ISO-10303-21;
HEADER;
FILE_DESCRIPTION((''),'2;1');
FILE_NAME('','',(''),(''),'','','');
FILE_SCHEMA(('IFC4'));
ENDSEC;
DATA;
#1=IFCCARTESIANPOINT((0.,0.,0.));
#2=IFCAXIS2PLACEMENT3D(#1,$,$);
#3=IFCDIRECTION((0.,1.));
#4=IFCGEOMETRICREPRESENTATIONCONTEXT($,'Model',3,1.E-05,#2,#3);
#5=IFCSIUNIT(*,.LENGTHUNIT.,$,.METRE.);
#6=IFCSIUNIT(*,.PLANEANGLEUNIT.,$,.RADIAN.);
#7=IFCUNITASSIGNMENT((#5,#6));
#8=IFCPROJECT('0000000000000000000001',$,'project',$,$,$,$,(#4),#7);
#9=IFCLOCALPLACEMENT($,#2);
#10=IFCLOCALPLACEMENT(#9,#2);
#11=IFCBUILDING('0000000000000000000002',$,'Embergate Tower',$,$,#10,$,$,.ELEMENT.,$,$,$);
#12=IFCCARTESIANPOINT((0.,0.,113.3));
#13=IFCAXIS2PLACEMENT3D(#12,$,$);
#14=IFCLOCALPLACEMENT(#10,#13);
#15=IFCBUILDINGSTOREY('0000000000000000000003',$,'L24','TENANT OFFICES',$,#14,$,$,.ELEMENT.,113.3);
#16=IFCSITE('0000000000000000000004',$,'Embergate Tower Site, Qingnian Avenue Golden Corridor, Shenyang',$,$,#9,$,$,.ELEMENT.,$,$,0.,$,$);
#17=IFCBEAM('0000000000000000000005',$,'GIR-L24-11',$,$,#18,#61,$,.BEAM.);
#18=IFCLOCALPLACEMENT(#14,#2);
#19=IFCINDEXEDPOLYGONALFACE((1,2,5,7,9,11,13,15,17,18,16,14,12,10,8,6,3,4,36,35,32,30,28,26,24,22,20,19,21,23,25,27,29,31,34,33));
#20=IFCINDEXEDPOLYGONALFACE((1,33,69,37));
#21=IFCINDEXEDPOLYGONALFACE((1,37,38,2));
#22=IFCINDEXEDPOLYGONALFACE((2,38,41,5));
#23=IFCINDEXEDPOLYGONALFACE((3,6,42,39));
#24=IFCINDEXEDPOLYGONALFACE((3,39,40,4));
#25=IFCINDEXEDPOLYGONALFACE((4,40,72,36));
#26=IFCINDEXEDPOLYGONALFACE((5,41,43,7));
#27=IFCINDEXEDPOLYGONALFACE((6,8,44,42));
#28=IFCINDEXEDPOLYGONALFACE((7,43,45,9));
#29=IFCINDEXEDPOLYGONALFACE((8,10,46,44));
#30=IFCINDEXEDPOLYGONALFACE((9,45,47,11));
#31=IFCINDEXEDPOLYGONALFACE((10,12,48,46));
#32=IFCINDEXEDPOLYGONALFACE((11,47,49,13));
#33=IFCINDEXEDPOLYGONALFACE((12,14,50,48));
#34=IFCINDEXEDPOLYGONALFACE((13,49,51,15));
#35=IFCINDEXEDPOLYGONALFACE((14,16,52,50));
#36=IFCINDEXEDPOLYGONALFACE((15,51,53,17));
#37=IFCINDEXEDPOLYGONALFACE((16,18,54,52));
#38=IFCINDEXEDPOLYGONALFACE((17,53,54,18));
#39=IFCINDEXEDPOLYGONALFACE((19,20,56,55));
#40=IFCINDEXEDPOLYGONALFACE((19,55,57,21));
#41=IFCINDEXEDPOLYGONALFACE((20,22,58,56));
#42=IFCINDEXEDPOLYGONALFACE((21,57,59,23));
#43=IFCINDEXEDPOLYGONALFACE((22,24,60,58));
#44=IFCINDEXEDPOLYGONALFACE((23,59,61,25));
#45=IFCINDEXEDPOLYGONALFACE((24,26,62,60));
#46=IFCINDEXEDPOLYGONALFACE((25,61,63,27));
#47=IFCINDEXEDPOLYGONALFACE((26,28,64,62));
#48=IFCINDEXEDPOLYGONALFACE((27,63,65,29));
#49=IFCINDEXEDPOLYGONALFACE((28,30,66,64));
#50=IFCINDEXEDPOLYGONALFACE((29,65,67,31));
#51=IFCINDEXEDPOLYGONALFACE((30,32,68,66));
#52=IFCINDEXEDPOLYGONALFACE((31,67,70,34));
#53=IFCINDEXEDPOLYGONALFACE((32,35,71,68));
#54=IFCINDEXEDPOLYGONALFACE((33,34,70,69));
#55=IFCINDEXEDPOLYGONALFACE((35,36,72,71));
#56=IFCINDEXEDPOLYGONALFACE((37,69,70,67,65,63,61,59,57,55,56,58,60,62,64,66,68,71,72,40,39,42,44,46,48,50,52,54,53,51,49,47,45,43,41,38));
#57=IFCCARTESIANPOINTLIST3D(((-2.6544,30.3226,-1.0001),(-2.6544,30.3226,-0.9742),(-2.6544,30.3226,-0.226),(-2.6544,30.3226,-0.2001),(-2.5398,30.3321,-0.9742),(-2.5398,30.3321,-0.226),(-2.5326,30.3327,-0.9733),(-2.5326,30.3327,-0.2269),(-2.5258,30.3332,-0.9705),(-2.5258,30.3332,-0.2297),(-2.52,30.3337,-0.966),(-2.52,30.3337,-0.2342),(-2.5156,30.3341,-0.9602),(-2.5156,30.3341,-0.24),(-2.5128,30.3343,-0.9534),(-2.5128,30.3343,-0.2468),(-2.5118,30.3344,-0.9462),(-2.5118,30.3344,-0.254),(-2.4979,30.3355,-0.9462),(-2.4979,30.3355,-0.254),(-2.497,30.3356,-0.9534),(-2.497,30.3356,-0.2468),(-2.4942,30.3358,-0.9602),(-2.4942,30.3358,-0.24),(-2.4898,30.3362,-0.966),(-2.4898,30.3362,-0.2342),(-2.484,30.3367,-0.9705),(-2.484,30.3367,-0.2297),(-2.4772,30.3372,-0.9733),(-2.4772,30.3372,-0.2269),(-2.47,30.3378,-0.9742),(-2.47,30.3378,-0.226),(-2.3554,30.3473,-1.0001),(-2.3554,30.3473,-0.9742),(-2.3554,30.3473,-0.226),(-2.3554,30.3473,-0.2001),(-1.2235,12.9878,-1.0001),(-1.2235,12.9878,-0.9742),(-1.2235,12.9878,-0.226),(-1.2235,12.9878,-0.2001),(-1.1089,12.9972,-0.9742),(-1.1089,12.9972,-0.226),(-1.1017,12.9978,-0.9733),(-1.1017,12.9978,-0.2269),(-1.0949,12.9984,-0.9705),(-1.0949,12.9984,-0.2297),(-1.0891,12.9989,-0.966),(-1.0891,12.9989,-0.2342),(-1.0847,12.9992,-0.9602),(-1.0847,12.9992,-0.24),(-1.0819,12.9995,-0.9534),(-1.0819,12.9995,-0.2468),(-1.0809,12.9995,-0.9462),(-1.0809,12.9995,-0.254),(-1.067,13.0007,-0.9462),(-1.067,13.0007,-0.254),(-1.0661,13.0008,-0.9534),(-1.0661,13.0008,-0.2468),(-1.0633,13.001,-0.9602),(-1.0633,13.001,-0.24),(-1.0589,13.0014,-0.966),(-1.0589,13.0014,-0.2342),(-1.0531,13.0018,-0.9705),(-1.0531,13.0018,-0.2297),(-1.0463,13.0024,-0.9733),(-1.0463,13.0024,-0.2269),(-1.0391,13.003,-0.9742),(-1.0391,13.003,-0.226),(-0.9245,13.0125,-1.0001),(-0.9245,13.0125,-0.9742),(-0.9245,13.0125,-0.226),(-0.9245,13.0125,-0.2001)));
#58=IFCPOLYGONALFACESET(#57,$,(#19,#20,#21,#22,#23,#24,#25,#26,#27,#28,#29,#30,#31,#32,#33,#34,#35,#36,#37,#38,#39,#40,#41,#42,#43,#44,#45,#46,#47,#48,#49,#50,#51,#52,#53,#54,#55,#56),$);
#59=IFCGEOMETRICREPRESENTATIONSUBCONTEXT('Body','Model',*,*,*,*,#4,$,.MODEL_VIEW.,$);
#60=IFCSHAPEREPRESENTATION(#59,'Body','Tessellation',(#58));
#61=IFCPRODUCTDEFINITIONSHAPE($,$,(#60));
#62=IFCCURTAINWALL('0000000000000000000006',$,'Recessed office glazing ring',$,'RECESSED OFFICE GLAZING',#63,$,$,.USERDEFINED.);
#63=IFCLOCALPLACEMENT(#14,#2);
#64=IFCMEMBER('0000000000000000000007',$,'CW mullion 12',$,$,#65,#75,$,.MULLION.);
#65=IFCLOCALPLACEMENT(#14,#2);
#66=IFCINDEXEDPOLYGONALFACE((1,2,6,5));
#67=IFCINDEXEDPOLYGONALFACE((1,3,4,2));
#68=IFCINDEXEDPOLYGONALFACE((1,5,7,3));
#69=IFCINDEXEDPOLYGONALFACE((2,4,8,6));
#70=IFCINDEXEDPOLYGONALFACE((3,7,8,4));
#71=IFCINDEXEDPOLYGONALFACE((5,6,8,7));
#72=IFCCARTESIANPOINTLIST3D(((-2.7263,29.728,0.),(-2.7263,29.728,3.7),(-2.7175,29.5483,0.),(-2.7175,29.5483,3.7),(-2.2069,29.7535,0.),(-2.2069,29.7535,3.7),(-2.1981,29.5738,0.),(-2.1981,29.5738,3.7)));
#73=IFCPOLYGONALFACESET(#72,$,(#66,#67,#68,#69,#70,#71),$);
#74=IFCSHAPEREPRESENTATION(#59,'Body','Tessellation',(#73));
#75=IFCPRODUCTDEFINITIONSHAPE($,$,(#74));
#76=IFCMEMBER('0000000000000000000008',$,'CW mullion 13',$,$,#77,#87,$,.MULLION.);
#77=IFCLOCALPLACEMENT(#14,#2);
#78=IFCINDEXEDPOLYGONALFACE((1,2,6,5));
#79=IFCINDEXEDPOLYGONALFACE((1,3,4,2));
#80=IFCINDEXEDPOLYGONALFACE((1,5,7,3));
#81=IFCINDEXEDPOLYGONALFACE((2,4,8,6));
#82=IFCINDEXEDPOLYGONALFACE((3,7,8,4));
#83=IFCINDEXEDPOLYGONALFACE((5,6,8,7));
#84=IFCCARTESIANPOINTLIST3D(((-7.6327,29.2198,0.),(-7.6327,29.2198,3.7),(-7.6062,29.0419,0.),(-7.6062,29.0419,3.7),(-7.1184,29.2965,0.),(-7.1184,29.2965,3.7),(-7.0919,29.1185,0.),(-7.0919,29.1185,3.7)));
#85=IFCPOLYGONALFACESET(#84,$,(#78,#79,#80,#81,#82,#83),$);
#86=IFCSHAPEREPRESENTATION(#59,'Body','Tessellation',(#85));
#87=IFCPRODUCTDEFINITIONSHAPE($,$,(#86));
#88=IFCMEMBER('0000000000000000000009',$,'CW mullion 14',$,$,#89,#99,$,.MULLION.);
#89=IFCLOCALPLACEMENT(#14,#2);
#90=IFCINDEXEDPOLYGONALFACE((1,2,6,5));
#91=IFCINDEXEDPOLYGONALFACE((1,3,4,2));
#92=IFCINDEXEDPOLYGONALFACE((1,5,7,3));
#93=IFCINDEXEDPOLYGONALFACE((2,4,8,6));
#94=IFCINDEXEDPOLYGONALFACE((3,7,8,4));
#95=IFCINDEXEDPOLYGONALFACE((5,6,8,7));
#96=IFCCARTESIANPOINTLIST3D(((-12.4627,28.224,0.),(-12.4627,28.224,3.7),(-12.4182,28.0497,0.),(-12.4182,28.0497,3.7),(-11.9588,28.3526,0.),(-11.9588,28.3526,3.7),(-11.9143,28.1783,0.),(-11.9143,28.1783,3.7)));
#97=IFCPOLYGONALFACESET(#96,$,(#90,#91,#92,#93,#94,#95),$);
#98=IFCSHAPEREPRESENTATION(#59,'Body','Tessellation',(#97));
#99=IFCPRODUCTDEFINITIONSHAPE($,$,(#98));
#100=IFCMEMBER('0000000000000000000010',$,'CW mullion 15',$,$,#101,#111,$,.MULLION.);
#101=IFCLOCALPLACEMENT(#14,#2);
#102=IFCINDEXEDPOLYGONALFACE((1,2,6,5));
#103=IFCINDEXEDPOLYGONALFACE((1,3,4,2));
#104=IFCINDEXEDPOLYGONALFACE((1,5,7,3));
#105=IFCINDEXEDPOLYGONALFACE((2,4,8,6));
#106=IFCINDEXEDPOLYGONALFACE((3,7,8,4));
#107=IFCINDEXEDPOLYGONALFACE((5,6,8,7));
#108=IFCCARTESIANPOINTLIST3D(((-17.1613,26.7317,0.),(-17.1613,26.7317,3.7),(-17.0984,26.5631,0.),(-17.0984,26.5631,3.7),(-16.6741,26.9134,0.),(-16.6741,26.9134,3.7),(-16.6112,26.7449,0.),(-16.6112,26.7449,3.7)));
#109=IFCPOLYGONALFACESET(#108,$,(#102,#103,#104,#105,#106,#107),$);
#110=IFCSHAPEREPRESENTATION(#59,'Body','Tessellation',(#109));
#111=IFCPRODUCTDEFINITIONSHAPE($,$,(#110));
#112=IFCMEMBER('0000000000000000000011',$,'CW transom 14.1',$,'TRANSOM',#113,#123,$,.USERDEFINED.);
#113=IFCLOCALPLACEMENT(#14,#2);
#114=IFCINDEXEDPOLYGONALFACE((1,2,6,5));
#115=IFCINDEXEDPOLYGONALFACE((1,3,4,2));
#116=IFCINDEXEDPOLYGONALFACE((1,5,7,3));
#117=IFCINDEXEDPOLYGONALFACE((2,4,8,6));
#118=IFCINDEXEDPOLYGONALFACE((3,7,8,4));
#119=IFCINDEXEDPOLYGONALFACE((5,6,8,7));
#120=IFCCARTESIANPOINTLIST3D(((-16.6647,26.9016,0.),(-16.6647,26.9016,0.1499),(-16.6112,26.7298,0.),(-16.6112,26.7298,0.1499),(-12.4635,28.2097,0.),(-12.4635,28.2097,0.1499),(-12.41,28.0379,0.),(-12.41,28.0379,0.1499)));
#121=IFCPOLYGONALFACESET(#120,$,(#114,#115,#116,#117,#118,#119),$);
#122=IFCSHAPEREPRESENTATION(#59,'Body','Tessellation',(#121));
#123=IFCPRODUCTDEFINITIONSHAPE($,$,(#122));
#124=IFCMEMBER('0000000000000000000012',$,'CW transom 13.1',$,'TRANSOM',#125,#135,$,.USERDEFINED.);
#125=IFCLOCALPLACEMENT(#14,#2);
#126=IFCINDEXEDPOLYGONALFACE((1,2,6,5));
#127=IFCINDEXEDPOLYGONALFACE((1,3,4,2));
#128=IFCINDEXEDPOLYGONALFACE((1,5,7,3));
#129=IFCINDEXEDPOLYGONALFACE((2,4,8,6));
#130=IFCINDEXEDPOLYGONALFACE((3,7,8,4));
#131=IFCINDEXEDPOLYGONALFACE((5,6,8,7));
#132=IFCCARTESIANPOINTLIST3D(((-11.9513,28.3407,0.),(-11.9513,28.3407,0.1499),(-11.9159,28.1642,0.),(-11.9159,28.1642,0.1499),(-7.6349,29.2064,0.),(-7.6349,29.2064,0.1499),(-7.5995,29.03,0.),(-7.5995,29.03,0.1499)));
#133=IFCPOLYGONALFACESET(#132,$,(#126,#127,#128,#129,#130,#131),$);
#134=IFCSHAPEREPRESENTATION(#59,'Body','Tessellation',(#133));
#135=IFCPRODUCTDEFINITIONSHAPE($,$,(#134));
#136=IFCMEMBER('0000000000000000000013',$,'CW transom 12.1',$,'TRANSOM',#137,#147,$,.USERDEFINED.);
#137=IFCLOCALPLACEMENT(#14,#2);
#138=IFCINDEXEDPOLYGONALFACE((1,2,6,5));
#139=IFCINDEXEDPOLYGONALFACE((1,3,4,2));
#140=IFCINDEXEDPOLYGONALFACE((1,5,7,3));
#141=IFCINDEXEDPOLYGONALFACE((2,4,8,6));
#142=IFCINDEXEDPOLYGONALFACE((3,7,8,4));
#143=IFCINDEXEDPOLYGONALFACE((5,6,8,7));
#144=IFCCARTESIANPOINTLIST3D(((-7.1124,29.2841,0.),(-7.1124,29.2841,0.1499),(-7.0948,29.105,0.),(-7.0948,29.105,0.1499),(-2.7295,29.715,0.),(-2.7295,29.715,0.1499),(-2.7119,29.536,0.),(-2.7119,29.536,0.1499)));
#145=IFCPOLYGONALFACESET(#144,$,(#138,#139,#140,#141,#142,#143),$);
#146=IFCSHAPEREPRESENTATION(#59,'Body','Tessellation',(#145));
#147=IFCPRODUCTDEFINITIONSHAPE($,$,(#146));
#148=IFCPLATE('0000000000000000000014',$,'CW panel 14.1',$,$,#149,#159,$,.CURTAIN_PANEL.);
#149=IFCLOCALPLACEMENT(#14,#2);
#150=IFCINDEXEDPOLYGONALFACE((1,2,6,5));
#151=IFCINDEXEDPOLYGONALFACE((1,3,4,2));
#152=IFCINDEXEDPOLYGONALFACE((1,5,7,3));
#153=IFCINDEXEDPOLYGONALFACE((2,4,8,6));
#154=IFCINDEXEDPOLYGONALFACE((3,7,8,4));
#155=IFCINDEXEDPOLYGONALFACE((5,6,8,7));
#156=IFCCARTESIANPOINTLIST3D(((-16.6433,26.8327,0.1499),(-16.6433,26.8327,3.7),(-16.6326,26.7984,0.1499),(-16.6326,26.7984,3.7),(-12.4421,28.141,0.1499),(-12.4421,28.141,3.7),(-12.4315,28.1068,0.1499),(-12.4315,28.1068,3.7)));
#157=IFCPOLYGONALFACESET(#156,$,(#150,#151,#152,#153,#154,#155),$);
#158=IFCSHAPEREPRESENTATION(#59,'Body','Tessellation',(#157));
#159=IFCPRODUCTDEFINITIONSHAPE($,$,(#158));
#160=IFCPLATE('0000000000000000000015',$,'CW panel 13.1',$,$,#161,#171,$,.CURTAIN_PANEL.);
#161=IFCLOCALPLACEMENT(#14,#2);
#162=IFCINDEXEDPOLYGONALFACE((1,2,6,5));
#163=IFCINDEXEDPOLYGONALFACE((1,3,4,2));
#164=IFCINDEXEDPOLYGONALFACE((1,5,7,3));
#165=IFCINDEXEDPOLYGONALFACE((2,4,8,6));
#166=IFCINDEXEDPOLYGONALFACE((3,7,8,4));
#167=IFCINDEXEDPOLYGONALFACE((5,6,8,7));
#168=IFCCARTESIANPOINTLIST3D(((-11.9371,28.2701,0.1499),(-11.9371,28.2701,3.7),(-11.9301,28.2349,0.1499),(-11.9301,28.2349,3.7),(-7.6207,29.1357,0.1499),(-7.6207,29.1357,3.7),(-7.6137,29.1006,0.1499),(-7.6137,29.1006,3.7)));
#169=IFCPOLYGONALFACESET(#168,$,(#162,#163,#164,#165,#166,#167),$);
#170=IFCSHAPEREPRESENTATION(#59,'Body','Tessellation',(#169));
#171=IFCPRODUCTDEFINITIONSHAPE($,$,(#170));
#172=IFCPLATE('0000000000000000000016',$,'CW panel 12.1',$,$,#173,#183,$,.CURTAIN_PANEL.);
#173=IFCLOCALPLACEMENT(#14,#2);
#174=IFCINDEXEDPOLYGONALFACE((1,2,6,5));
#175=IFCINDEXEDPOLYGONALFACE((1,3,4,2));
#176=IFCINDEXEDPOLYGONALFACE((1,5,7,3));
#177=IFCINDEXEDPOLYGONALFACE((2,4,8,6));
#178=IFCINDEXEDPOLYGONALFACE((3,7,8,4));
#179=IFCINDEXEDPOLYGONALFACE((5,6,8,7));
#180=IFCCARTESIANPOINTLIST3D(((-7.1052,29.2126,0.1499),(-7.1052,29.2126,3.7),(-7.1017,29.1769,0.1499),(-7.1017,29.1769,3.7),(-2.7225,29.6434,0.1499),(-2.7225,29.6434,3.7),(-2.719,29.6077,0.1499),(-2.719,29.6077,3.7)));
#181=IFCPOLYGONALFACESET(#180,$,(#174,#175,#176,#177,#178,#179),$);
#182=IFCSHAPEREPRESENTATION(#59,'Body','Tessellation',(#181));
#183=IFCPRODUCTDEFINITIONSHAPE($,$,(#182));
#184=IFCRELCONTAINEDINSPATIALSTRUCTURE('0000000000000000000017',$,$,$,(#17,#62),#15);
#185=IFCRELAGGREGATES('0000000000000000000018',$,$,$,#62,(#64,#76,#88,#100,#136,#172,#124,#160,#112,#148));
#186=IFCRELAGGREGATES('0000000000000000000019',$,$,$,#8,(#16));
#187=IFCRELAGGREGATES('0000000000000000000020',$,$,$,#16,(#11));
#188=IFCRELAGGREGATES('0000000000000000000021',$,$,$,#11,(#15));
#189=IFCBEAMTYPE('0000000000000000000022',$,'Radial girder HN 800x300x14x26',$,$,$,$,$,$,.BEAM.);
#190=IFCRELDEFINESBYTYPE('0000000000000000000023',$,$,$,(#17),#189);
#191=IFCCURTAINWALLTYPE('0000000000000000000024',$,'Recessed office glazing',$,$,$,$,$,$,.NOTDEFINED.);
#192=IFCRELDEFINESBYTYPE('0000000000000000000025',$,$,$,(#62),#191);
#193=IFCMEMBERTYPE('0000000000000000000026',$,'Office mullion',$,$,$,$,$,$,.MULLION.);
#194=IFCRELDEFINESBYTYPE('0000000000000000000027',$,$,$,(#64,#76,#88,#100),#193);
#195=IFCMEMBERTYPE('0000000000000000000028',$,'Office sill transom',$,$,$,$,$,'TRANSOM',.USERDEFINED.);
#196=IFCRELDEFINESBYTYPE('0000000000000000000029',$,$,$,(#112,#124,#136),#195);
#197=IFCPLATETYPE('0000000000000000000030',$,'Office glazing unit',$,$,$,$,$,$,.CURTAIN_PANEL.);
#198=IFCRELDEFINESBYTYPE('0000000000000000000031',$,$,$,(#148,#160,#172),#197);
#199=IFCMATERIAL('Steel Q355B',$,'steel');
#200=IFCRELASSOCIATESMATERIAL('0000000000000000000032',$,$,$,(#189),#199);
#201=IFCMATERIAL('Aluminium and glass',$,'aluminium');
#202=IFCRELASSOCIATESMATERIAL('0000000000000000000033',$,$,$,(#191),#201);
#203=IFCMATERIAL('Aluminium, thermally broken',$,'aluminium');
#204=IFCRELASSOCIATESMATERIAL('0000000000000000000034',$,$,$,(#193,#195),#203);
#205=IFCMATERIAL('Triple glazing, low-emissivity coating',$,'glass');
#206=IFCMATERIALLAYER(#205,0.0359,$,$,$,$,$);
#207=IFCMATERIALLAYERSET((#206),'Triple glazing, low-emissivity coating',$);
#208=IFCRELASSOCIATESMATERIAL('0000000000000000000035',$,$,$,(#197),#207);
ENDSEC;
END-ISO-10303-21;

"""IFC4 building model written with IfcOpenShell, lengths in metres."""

from ifc_helpers import new_model, si_unit, direction, frame, origin, origin_2d, place, context, subcontext, project, spatial, rectangle, i_section, extrude, source, transform, mapped, material, layer, layer_set, material_profile, profile_set, type_object, element, aggregate, save


model = new_model("IFC4")

# Units and contexts
model_context = context("Model", 3, precision=1e-05, world=origin(), true_north=direction((0.0, 1.0)))
body_context = subcontext(model_context, "Body", "Model", "MODEL_VIEW")
ifc_project = project(units=[si_unit("LENGTHUNIT", "METRE"), si_unit("PLANEANGLEUNIT", "RADIAN")], contexts=[model_context])

# Site, building, storey
site_placement = place(None, origin())
site = spatial("IfcSite", under=ifc_project, at=site_placement, Name="Embergate Tower Site, Qingnian Avenue Golden Corridor, Shenyang", CompositionType="ELEMENT", RefElevation=0.0)
building_placement = place(site_placement, origin())
building = spatial("IfcBuilding", under=site, at=building_placement, Name="Embergate Tower", CompositionType="ELEMENT")
storey_placement = place(building_placement, frame((0.0, 0.0, 113.3)))
storey = spatial("IfcBuildingStorey", under=building, at=storey_placement, Name="L24", Description="TENANT OFFICES", CompositionType="ELEMENT", Elevation=113.3)

# Beam
ifc_material_1 = material(Name="Steel Q355B", Category="steel")
ifc_material_profile_1 = material_profile(ifc_material_1, i_section(OverallWidth=0.3, OverallDepth=0.8, WebThickness=0.0139, FlangeThickness=0.0259, FilletRadius=0.0281, at=origin_2d()), Name="HN 800x300x14x26")
ifc_profile_set_1 = profile_set([ifc_material_profile_1], Name="Steel Q355 grade B")
beam_type_1 = type_object("IfcBeamType", Name="Radial girder HN 800x300x14x26", PredefinedType="BEAM", material=ifc_profile_set_1)
shared_shape_1 = source(origin(), body_context, "Body", "SweptSolid", [
    extrude(i_section(OverallWidth=0.3, OverallDepth=0.8, WebThickness=0.0139, FlangeThickness=0.0259, FilletRadius=0.0281, at=origin_2d()), origin(), (0.0, 0.0, 1.0), 17.3938),
])
beam_1_placement = place(storey_placement, frame((-2.5049, 30.335, -0.6001), z_axis=(0.082265, -0.996611, 0.0), x_axis=(0.996611, 0.082265, 0.0)))
element("IfcBeam", 1, at=beam_1_placement, inside=storey, type_object=beam_type_1, Name="GIR-L24-11", PredefinedType="BEAM", context=body_context, shape_type="MappedRepresentation", body=[
    mapped(shared_shape_1, transform((0.0, 0.0, 0.0))),
])

# Curtain wall, members, plates
ifc_material_2 = material(Name="Aluminium and glass", Category="aluminium")
curtain_wall_type = type_object("IfcCurtainWallType", Name="Recessed office glazing", PredefinedType="NOTDEFINED", material=ifc_material_2)
curtain_wall_placement = place(storey_placement, origin())
curtain_wall = element("IfcCurtainWall", 2, at=curtain_wall_placement, inside=storey, type_object=curtain_wall_type, Name="Recessed office glazing ring", ObjectType="RECESSED OFFICE GLAZING", PredefinedType="USERDEFINED")
ifc_material_3 = material(Name="Aluminium, thermally broken", Category="aluminium")
ifc_material_profile_2 = material_profile(ifc_material_3, rectangle(XDim=0.1799, YDim=0.52, at=origin_2d()), Name="AL 520x180")
ifc_profile_set_2 = profile_set([ifc_material_profile_2], Name="Aluminium, thermally broken")
member_type_1 = type_object("IfcMemberType", Name="Office mullion", PredefinedType="MULLION", material=ifc_profile_set_2)
shared_shape_2 = source(origin(), body_context, "Body", "SweptSolid", [
    extrude(rectangle(XDim=0.1799, YDim=0.52, at=origin_2d()), origin(), (0.0, 0.0, 1.0), 3.7),
])
member_1_placement = place(storey_placement, frame((-2.4622, 29.6509, 0.0), z_axis=(0.0, 0.0, 1.0), x_axis=(0.048972, -0.9988, 0.0)))
member_1 = element("IfcMember", 3, at=member_1_placement, type_object=member_type_1, Name="CW mullion 12", PredefinedType="MULLION", context=body_context, shape_type="MappedRepresentation", body=[
    mapped(shared_shape_2, transform((0.0, 0.0, 0.0))),
])
member_2_placement = place(storey_placement, frame((-7.3623, 29.1692, 0.0), z_axis=(0.0, 0.0, 1.0), x_axis=(0.147414, -0.989075, 0.0)))
member_2 = element("IfcMember", 4, at=member_2_placement, type_object=member_type_1, Name="CW mullion 13", PredefinedType="MULLION", context=body_context, shape_type="MappedRepresentation", body=[
    mapped(shared_shape_2, transform((0.0, 0.0, 0.0))),
])
member_3_placement = place(storey_placement, frame((-12.1885, 28.2012, 0.0), z_axis=(0.0, 0.0, 1.0), x_axis=(0.247315, -0.968935, 0.0)))
member_3 = element("IfcMember", 5, at=member_3_placement, type_object=member_type_1, Name="CW mullion 14", PredefinedType="MULLION", context=body_context, shape_type="MappedRepresentation", body=[
    mapped(shared_shape_2, transform((0.0, 0.0, 0.0))),
])
member_4_placement = place(storey_placement, frame((-16.8862, 26.7383, 0.0), z_axis=(0.0, 0.0, 1.0), x_axis=(0.349506, -0.936934, 0.0)))
member_4 = element("IfcMember", 6, at=member_4_placement, type_object=member_type_1, Name="CW mullion 15", PredefinedType="MULLION", context=body_context, shape_type="MappedRepresentation", body=[
    mapped(shared_shape_2, transform((0.0, 0.0, 0.0))),
])
ifc_material_profile_3 = material_profile(ifc_material_3, rectangle(XDim=0.1799, YDim=0.1499, at=origin_2d()), Name="AL 150x180")
ifc_profile_set_3 = profile_set([ifc_material_profile_3], Name="Aluminium, thermally broken")
member_type_2 = type_object("IfcMemberType", Name="Office sill transom", ElementType="TRANSOM", PredefinedType="USERDEFINED", material=ifc_profile_set_3)
shared_shape_3 = source(origin(), body_context, "Body", "SweptSolid", [
    extrude(rectangle(XDim=0.1799, YDim=0.1499, at=origin_2d()), origin(), (0.0, 0.0, 1.0), 4.4001),
])
member_5_placement = place(storey_placement, frame((-12.4368, 28.1238, 0.075), z_axis=(-0.954788, -0.297289, 0.0), x_axis=(0.297289, -0.954788, 0.0)))
member_5 = element("IfcMember", 7, at=member_5_placement, type_object=member_type_2, Name="CW transom 14.1", ObjectType="TRANSOM", PredefinedType="USERDEFINED", context=body_context, shape_type="MappedRepresentation", body=[
    mapped(shared_shape_3, transform((0.0, 0.0, 0.0))),
])
shared_shape_4 = source(origin(), body_context, "Body", "SweptSolid", [
    extrude(rectangle(XDim=0.1799, YDim=0.1499, at=origin_2d()), origin(), (0.0, 0.0, 1.0), 4.4023),
])
member_6_placement = place(storey_placement, frame((-7.6172, 29.1182, 0.075), z_axis=(-0.980474, -0.196649, 0.0), x_axis=(0.196649, -0.980474, 0.0)))
member_6 = element("IfcMember", 8, at=member_6_placement, type_object=member_type_2, Name="CW transom 13.1", ObjectType="TRANSOM", PredefinedType="USERDEFINED", context=body_context, shape_type="MappedRepresentation", body=[
    mapped(shared_shape_4, transform((0.0, 0.0, 0.0))),
])
shared_shape_5 = source(origin(), body_context, "Body", "SweptSolid", [
    extrude(rectangle(XDim=0.1799, YDim=0.1499, at=origin_2d()), origin(), (0.0, 0.0, 1.0), 4.4041),
])
member_7_placement = place(storey_placement, frame((-2.7207, 29.6255, 0.075), z_axis=(-0.995202, -0.097846, 0.0), x_axis=(0.097846, -0.995202, 0.0)))
member_7 = element("IfcMember", 9, at=member_7_placement, type_object=member_type_2, Name="CW transom 12.1", ObjectType="TRANSOM", PredefinedType="USERDEFINED", context=body_context, shape_type="MappedRepresentation", body=[
    mapped(shared_shape_5, transform((0.0, 0.0, 0.0))),
])
ifc_material_4 = material(Name="Triple glazing, low-emissivity coating", Category="glass")
ifc_layer_1 = layer(ifc_material_4, 0.0359)
ifc_layer_set_1 = layer_set([ifc_layer_1], Name="Triple glazing, low-emissivity coating")
plate_type = type_object("IfcPlateType", Name="Office glazing unit", PredefinedType="CURTAIN_PANEL", material=ifc_layer_set_1)
shared_shape_6 = source(origin(), body_context, "Body", "SweptSolid", [
    extrude(rectangle(XDim=4.4001, YDim=0.0359, at=origin_2d()), origin(), (0.0, 0.0, 1.0), 3.55),
])
plate_1_placement = place(storey_placement, frame((-14.5374, 27.4697, 0.1499), z_axis=(0.0, 0.0, 1.0), x_axis=(-0.954771, -0.297342, 0.0)))
plate_1 = element("IfcPlate", 10, at=plate_1_placement, type_object=plate_type, Name="CW panel 14.1", PredefinedType="CURTAIN_PANEL", context=body_context, shape_type="MappedRepresentation", body=[
    mapped(shared_shape_6, transform((0.0, 0.0, 0.0))),
])
shared_shape_7 = source(origin(), body_context, "Body", "SweptSolid", [
    extrude(rectangle(XDim=4.4023, YDim=0.0359, at=origin_2d()), origin(), (0.0, 0.0, 1.0), 3.55),
])
plate_2_placement = place(storey_placement, frame((-9.7754, 28.6853, 0.1499), z_axis=(0.0, 0.0, 1.0), x_axis=(-0.980475, -0.196643, 0.0)))
plate_2 = element("IfcPlate", 11, at=plate_2_placement, type_object=plate_type, Name="CW panel 13.1", PredefinedType="CURTAIN_PANEL", context=body_context, shape_type="MappedRepresentation", body=[
    mapped(shared_shape_7, transform((0.0, 0.0, 0.0))),
])
shared_shape_8 = source(origin(), body_context, "Body", "SweptSolid", [
    extrude(rectangle(XDim=4.4038, YDim=0.0359, at=origin_2d()), origin(), (0.0, 0.0, 1.0), 3.55),
])
plate_3_placement = place(storey_placement, frame((-4.9121, 29.4102, 0.1499), z_axis=(0.0, 0.0, 1.0), x_axis=(-0.995203, -0.097831, 0.0)))
plate_3 = element("IfcPlate", 12, at=plate_3_placement, type_object=plate_type, Name="CW panel 12.1", PredefinedType="CURTAIN_PANEL", context=body_context, shape_type="MappedRepresentation", body=[
    mapped(shared_shape_8, transform((0.0, 0.0, 0.0))),
])
aggregate(curtain_wall, [member_1, member_2, member_3, member_4, member_7, plate_3, member_6, plate_2, member_5, plate_1])

save(model, "model.ifc")
